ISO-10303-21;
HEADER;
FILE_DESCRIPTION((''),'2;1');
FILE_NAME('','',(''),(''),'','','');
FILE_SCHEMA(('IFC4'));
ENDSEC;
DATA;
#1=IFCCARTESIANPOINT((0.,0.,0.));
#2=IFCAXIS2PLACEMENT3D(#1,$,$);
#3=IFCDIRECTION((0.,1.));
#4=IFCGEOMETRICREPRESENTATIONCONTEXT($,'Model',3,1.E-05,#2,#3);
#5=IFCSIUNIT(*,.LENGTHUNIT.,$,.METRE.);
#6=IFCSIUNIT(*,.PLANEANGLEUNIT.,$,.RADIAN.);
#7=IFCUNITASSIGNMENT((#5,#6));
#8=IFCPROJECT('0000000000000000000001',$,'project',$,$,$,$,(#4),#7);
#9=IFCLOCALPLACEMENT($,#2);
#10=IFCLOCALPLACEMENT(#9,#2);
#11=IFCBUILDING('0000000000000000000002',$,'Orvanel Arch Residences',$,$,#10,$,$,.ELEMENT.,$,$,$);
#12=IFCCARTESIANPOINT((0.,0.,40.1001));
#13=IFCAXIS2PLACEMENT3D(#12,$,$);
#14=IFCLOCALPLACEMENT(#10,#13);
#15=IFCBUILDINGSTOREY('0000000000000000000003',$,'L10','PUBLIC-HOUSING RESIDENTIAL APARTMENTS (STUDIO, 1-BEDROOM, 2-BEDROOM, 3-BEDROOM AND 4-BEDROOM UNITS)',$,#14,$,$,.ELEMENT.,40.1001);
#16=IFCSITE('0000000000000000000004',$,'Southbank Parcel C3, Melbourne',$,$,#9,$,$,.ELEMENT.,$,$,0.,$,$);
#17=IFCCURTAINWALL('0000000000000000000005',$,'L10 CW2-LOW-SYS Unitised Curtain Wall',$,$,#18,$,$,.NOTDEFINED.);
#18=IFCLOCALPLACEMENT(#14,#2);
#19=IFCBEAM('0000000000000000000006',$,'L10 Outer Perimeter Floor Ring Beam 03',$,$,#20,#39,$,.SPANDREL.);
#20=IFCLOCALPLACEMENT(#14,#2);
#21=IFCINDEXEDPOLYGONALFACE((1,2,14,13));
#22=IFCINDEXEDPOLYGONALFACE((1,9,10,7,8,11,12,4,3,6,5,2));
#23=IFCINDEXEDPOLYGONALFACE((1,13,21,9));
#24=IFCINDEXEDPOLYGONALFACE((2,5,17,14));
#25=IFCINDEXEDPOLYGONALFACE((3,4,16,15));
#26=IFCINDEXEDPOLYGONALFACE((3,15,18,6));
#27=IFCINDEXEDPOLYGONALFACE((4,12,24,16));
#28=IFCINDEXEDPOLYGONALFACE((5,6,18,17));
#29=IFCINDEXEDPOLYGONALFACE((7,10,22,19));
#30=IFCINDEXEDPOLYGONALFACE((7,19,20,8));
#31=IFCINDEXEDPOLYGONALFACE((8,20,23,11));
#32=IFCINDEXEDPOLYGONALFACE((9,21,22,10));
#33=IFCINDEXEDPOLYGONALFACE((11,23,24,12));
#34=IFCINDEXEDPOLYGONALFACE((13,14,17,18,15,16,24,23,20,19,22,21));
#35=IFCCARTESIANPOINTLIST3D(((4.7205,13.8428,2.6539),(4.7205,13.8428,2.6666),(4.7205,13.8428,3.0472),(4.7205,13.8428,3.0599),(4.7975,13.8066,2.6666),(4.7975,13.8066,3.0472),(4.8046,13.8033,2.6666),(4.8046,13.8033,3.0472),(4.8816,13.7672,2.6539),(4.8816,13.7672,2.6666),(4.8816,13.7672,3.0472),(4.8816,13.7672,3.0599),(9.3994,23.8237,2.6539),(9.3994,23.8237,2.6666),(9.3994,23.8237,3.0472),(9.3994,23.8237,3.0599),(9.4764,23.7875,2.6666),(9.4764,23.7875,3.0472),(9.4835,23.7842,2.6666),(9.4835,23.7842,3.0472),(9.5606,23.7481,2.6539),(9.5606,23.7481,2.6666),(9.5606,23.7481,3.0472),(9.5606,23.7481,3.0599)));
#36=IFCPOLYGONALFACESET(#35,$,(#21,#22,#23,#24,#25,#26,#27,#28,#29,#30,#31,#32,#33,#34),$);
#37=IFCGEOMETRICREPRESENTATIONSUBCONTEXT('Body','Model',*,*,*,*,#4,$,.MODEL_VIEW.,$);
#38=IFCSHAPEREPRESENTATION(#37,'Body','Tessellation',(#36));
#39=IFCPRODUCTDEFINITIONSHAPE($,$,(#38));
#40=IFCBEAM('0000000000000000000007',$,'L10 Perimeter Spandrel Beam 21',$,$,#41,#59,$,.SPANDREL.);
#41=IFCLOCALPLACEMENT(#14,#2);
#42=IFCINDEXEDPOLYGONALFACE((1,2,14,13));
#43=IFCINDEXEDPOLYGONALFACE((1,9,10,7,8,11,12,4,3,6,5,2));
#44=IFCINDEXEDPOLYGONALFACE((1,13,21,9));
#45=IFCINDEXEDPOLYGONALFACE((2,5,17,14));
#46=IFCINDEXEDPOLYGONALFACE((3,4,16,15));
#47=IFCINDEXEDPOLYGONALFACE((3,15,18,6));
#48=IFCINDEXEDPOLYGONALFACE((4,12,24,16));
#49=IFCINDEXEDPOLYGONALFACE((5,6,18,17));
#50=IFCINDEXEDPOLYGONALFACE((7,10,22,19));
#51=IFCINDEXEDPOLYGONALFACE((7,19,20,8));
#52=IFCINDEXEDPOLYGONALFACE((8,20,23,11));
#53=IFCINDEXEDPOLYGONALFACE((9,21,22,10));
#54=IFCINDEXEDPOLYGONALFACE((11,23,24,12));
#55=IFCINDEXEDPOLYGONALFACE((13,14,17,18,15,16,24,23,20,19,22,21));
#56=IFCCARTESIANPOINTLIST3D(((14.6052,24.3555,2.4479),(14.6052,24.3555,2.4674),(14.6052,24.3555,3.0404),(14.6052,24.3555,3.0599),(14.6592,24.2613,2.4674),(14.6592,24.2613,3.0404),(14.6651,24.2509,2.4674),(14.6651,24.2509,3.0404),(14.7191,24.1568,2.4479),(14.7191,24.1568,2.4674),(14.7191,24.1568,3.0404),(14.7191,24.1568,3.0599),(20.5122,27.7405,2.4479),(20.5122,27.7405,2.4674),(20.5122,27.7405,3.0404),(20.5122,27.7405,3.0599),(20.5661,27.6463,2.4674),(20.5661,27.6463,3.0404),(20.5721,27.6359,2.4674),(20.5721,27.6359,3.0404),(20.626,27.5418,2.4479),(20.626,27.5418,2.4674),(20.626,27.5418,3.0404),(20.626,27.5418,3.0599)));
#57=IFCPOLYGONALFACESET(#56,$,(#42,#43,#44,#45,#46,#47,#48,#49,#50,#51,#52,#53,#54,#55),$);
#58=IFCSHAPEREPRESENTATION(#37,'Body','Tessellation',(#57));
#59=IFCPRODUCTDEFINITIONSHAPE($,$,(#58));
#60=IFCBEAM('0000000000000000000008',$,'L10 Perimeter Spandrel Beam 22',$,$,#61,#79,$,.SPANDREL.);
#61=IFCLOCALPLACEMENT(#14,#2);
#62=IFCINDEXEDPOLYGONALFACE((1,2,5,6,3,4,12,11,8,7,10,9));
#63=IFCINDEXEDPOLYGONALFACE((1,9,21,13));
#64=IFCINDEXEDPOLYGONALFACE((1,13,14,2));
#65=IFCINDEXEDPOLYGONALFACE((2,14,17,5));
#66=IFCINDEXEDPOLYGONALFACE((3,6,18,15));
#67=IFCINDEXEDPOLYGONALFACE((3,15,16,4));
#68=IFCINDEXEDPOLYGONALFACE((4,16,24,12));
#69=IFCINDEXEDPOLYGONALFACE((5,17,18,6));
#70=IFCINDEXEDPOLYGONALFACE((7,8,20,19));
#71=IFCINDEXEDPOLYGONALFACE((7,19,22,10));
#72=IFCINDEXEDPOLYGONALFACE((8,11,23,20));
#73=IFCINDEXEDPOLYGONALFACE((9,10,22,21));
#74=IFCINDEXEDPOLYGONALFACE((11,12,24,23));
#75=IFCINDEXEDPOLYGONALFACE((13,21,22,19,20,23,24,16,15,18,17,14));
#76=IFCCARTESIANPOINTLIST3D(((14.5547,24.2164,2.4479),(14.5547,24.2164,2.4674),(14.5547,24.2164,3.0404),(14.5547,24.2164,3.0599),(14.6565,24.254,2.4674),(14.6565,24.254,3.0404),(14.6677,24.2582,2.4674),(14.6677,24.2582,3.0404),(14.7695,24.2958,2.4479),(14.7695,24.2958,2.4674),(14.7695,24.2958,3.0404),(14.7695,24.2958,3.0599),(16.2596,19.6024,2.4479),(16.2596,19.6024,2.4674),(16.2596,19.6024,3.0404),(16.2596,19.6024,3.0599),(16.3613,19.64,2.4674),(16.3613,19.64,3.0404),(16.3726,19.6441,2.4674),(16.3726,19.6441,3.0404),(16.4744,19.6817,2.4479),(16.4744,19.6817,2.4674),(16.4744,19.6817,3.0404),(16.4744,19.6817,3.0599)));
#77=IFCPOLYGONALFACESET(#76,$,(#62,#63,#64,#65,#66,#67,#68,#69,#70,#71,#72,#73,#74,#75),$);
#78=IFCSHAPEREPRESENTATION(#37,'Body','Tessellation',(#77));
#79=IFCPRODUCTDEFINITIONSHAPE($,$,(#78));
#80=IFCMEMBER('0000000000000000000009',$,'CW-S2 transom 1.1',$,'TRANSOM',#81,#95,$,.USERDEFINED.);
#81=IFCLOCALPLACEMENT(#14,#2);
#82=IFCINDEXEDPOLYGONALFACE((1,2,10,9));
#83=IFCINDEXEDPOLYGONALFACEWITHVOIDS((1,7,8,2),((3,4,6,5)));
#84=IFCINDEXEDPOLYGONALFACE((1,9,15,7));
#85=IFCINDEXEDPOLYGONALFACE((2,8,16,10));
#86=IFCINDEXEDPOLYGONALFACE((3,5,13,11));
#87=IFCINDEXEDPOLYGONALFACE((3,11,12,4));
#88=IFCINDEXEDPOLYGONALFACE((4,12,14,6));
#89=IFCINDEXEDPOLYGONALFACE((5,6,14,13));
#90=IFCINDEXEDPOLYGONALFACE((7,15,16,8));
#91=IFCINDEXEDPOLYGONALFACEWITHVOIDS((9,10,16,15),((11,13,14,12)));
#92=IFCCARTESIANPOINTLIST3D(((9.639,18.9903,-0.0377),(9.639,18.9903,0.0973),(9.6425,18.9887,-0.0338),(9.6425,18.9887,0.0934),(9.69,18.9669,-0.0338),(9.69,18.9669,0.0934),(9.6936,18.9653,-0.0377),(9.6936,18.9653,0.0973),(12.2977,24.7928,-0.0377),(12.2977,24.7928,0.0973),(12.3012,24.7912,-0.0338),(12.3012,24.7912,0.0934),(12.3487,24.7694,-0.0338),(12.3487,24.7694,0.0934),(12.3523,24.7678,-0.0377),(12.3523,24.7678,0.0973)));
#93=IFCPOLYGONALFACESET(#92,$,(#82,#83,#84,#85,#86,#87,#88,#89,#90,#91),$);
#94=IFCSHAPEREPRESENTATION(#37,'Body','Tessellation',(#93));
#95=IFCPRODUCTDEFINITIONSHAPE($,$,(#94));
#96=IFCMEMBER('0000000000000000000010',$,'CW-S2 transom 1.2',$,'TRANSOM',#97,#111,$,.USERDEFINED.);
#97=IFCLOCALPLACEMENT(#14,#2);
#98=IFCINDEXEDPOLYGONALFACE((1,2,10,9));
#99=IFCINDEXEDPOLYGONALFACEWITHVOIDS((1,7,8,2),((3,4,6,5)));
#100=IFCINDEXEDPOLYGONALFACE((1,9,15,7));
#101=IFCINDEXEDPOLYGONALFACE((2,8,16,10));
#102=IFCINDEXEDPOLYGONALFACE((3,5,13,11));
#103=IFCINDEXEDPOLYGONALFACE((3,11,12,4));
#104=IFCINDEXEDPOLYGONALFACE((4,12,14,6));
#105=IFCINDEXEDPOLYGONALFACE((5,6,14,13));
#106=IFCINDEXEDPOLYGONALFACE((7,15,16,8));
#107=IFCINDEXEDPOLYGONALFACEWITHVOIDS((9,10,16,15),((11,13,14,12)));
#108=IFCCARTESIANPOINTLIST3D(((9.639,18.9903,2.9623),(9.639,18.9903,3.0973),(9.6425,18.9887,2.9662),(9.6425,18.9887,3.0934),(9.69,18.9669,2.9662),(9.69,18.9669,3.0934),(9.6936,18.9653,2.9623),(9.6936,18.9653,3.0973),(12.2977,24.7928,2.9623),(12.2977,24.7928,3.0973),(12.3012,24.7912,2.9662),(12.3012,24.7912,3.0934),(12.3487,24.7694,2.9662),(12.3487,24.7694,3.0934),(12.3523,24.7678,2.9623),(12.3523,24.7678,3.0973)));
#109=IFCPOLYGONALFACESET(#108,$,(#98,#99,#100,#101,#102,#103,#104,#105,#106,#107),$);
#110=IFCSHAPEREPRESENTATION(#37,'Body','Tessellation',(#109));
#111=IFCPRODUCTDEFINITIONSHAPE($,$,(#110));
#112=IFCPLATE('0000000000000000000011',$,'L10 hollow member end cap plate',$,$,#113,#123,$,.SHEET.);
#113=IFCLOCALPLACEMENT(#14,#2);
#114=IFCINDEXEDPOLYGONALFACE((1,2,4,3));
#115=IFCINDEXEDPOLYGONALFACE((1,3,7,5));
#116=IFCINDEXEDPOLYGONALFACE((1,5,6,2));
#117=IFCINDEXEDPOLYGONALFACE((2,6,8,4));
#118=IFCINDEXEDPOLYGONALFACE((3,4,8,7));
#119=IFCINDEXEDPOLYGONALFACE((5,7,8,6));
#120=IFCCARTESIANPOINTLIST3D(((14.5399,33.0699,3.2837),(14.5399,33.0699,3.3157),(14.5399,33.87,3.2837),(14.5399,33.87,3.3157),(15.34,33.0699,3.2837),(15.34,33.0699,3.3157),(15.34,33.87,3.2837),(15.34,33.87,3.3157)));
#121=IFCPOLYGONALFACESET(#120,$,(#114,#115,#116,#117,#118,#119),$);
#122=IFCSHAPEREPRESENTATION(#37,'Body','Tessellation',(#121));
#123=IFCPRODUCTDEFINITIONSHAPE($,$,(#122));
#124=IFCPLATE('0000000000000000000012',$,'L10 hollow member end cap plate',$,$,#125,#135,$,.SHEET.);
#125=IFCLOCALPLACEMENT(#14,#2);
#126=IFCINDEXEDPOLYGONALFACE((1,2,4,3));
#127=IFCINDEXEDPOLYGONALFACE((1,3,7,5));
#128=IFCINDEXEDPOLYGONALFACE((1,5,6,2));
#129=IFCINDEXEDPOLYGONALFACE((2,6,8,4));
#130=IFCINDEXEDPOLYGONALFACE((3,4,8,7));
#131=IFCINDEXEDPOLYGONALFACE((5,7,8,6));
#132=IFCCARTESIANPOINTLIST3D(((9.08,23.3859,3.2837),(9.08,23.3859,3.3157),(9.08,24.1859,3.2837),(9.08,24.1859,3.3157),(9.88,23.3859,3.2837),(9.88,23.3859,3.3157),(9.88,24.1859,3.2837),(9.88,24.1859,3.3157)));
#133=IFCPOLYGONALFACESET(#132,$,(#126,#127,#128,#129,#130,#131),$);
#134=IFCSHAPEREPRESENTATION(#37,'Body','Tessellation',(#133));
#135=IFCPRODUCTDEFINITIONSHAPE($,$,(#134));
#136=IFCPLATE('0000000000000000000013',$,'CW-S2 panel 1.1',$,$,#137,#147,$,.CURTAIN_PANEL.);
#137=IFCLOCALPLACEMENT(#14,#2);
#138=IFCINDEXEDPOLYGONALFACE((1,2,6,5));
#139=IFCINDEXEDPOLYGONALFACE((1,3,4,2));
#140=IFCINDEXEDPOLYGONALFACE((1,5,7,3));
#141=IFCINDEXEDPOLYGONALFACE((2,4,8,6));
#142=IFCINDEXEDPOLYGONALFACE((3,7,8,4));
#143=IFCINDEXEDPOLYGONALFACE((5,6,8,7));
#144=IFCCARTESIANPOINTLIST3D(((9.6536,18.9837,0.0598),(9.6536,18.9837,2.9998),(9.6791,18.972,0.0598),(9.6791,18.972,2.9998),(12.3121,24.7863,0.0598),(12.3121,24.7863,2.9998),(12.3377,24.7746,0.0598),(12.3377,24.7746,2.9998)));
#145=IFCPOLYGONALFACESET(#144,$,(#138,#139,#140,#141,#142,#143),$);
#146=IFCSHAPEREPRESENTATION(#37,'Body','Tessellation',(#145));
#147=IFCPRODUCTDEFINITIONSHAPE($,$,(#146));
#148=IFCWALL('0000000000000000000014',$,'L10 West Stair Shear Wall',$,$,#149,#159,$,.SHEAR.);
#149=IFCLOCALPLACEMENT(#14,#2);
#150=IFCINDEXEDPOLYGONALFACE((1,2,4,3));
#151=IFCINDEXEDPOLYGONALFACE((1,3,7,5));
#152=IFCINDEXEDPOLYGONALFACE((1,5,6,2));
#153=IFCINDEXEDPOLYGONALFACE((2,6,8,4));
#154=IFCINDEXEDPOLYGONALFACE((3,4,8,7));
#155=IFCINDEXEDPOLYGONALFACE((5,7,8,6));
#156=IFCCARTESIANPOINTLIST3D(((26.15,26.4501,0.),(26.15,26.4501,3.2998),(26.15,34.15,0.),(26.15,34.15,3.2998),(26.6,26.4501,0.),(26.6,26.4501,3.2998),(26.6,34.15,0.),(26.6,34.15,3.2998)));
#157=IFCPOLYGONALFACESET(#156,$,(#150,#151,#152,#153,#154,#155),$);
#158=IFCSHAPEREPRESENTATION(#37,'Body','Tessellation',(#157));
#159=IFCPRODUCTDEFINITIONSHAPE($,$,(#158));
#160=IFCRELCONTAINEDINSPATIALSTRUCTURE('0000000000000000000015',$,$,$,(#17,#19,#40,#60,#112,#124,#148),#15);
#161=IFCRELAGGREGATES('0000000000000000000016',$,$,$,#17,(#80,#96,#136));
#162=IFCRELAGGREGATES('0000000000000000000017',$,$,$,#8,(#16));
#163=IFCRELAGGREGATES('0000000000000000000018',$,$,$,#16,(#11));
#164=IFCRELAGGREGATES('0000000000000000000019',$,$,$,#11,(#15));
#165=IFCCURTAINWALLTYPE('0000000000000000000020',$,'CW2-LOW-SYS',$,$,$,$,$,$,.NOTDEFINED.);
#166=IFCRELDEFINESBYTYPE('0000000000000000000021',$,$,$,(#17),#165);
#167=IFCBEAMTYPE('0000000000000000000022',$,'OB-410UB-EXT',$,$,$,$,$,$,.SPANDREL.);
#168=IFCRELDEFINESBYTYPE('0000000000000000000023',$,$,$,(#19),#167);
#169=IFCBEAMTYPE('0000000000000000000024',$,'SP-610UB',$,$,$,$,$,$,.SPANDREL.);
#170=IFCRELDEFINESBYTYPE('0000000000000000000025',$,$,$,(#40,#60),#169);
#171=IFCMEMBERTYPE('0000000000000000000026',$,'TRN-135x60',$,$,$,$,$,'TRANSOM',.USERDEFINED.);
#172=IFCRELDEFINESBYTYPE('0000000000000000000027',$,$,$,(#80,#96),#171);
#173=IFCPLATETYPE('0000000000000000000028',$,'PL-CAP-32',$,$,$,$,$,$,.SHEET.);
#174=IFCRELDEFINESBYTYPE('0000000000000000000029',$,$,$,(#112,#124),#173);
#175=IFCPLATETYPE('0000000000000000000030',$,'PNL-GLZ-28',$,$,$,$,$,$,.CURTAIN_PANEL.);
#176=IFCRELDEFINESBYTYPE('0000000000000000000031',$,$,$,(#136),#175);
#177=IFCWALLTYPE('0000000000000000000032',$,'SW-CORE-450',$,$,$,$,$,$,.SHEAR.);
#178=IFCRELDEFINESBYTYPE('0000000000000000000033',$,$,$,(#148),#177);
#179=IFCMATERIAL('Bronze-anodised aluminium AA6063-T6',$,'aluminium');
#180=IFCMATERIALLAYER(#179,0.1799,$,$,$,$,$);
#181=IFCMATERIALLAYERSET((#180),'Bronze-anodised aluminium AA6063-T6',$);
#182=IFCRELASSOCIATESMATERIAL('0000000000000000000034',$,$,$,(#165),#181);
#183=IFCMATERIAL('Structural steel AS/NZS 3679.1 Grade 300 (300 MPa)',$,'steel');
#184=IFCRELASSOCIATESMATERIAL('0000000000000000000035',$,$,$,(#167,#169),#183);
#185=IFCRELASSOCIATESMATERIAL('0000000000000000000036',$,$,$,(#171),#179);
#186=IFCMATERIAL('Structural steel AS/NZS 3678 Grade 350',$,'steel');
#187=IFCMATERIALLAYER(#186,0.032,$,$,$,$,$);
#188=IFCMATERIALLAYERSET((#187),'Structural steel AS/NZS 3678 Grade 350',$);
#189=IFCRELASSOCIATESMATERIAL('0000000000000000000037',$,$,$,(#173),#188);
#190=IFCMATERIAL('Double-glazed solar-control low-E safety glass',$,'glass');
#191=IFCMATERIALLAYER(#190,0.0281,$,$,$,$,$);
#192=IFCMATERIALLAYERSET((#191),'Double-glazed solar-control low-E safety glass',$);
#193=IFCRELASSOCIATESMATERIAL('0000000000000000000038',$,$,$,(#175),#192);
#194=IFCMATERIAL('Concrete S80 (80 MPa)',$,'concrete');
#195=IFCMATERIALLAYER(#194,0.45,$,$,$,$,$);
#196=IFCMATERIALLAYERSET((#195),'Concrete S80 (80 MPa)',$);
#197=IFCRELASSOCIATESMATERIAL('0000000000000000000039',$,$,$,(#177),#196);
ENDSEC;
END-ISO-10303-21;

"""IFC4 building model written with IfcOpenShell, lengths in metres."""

from ifc_helpers import new_model, si_unit, direction, frame, frame_2d, origin, origin_2d, place, context, subcontext, project, spatial, rectangle, hollow_rectangle, i_section, extrude, material, layer, layer_set, material_profile, profile_set, type_object, element, aggregate, save


model = new_model("IFC4")

# Units and contexts
model_context = context("Model", 3, precision=1e-05, world=origin(), true_north=direction((0.0, 1.0)))
body_context = subcontext(model_context, "Body", "Model", "MODEL_VIEW")
ifc_project = project(units=[si_unit("LENGTHUNIT", "METRE"), si_unit("PLANEANGLEUNIT", "RADIAN")], contexts=[model_context])

# Site, building, storey
site_placement = place(None, origin())
site = spatial("IfcSite", under=ifc_project, at=site_placement, Name="Southbank Parcel C3, Melbourne", CompositionType="ELEMENT", RefElevation=0.0)
building_placement = place(site_placement, origin())
building = spatial("IfcBuilding", under=site, at=building_placement, Name="Orvanel Arch Residences", CompositionType="ELEMENT")
storey_placement = place(building_placement, frame((0.0, 0.0, 40.1001)))
storey = spatial("IfcBuildingStorey", under=building, at=storey_placement, Name="L10", Description="PUBLIC-HOUSING RESIDENTIAL APARTMENTS (STUDIO, 1-BEDROOM, 2-BEDROOM, 3-BEDROOM AND 4-BEDROOM UNITS)", CompositionType="ELEMENT", Elevation=40.1001)

# Shared definitions
ifc_material_1 = material(Name="Structural steel AS/NZS 3679.1 Grade 300 (300 MPa)", Category="steel")

# Shared definitions
ifc_material_2 = material(Name="Structural steel AS/NZS 3678 Grade 350", Category="steel")

# Curtain wall
ifc_material_3 = material(Name="Bronze-anodised aluminium AA6063-T6", Category="aluminium")
ifc_layer_1 = layer(ifc_material_3, 0.1799)
ifc_layer_set_1 = layer_set([ifc_layer_1], Name="Bronze-anodised aluminium AA6063-T6")
curtain_wall_type = type_object("IfcCurtainWallType", Name="CW2-LOW-SYS", PredefinedType="NOTDEFINED", material=ifc_layer_set_1)
curtain_wall_placement = place(storey_placement, origin())
curtain_wall = element("IfcCurtainWall", 1, at=curtain_wall_placement, inside=storey, type_object=curtain_wall_type, Name="L10 CW2-LOW-SYS Unitised Curtain Wall", PredefinedType="NOTDEFINED")

# Beams
ifc_material_profile_1 = material_profile(ifc_material_1, i_section(OverallWidth=0.178, OverallDepth=0.406, WebThickness=0.0078, FlangeThickness=0.0127, at=origin_2d()), Name="410UB59.7")
ifc_profile_set_1 = profile_set([ifc_material_profile_1], Name="Structural steel AS/NZS 3679.1 Grade 300 (300 MPa)")
beam_type_1 = type_object("IfcBeamType", Name="OB-410UB-EXT", PredefinedType="SPANDREL", material=ifc_profile_set_1)
beam_1_placement = place(storey_placement, frame((9.48, 23.7859, 2.8569), z_axis=(-0.424462, -0.905446, 0.0), x_axis=(0.905446, -0.424462, 0.0)))
element("IfcBeam", 2, at=beam_1_placement, inside=storey, type_object=beam_type_1, Name="L10 Outer Perimeter Floor Ring Beam 03", PredefinedType="SPANDREL", context=body_context, shape_type="SweptSolid", body=[
    extrude(i_section(OverallWidth=0.178, OverallDepth=0.406, WebThickness=0.0078, FlangeThickness=0.0127, at=origin_2d()), origin(), (0.0, 0.0, 1.0), 11.0232),
])
ifc_material_profile_2 = material_profile(ifc_material_1, i_section(OverallWidth=0.229, OverallDepth=0.6121, WebThickness=0.012, FlangeThickness=0.0195, at=origin_2d()), Name="610UB125")
ifc_profile_set_2 = profile_set([ifc_material_profile_2], Name="Structural steel AS/NZS 3679.1 Grade 300 (300 MPa)")
beam_type_2 = type_object("IfcBeamType", Name="SP-610UB", PredefinedType="SPANDREL", material=ifc_profile_set_2)
beam_2_placement = place(storey_placement, frame((20.5691, 27.6411, 2.7539), z_axis=(-0.867636, -0.497201, 0.0), x_axis=(0.497201, -0.867636, 0.0)))
element("IfcBeam", 3, at=beam_2_placement, inside=storey, type_object=beam_type_2, Name="L10 Perimeter Spandrel Beam 21", PredefinedType="SPANDREL", context=body_context, shape_type="SweptSolid", body=[
    extrude(i_section(OverallWidth=0.229, OverallDepth=0.6121, WebThickness=0.012, FlangeThickness=0.0195, at=origin_2d()), origin(), (0.0, 0.0, 1.0), 6.8081),
])
beam_3_placement = place(storey_placement, frame((14.6621, 24.2561, 2.7539), z_axis=(0.346588, -0.938017, 0.0), x_axis=(0.938017, 0.346588, 0.0)))
element("IfcBeam", 4, at=beam_3_placement, inside=storey, type_object=beam_type_2, Name="L10 Perimeter Spandrel Beam 22", PredefinedType="SPANDREL", context=body_context, shape_type="SweptSolid", body=[
    extrude(i_section(OverallWidth=0.229, OverallDepth=0.6121, WebThickness=0.012, FlangeThickness=0.0195, at=origin_2d()), origin(), (0.0, 0.0, 1.0), 4.9189),
])

# Members
ifc_material_profile_3 = material_profile(ifc_material_3, hollow_rectangle(XDim=0.0601, YDim=0.135, WallThickness=0.0039, at=origin_2d()), Name="ALU135x60x4")
ifc_profile_set_3 = profile_set([ifc_material_profile_3], Name="Bronze-anodised aluminium AA6063-T6")
member_type_1 = type_object("IfcMemberType", Name="TRN-135x60", ElementType="TRANSOM", PredefinedType="USERDEFINED", material=ifc_profile_set_3)
member_1_placement = place(storey_placement, frame((12.325, 24.7803, 0.0298), z_axis=(-0.416553, -0.909111, 0.0), x_axis=(0.909111, -0.416553, 0.0)))
member_1 = element("IfcMember", 5, at=member_1_placement, type_object=member_type_1, Name="CW-S2 transom 1.1", ObjectType="TRANSOM", PredefinedType="USERDEFINED", context=body_context, shape_type="SweptSolid", body=[
    extrude(hollow_rectangle(XDim=0.0601, YDim=0.135, WallThickness=0.0039, at=origin_2d()), origin(), (0.0, 0.0, 1.0), 6.3826),
])
member_2_placement = place(storey_placement, frame((12.325, 24.7803, 3.0298), z_axis=(-0.416553, -0.909111, 0.0), x_axis=(0.909111, -0.416553, 0.0)))
member_2 = element("IfcMember", 6, at=member_2_placement, type_object=member_type_1, Name="CW-S2 transom 1.2", ObjectType="TRANSOM", PredefinedType="USERDEFINED", context=body_context, shape_type="SweptSolid", body=[
    extrude(hollow_rectangle(XDim=0.0601, YDim=0.135, WallThickness=0.0039, at=origin_2d()), origin(), (0.0, 0.0, 1.0), 6.3826),
])

# Plates
ifc_layer_2 = layer(ifc_material_2, 0.032)
ifc_layer_set_2 = layer_set([ifc_layer_2], Name="Structural steel AS/NZS 3678 Grade 350")
plate_type_1 = type_object("IfcPlateType", Name="PL-CAP-32", PredefinedType="SHEET", material=ifc_layer_set_2)
for number, where, z_axis, x_axis, name in (
    (7, (14.9399, 33.47, 3.2837), (0.0, 0.0, 1.0), (1.0, 0.0, 0.0), "L10 hollow member end cap plate"),
    (8, (9.48, 23.7859, 3.2837), (0.0, 0.0, 1.0), (1.0, 0.0, 0.0), "L10 hollow member end cap plate"),
):
    element("IfcPlate", number, at=place(storey_placement, frame(where, z_axis=z_axis, x_axis=x_axis)), inside=storey, type_object=plate_type_1, Name=name, PredefinedType="SHEET", context=body_context, shape_type="SweptSolid", body=[
        extrude(rectangle(XDim=0.8, YDim=0.8, at=origin_2d()), origin(), (0.0, 0.0, 1.0), 0.032),
    ])

# Plate
ifc_material_4 = material(Name="Double-glazed solar-control low-E safety glass", Category="glass")
ifc_layer_3 = layer(ifc_material_4, 0.0281)
ifc_layer_set_3 = layer_set([ifc_layer_3], Name="Double-glazed solar-control low-E safety glass")
plate_type_2 = type_object("IfcPlateType", Name="PNL-GLZ-28", PredefinedType="CURTAIN_PANEL", material=ifc_layer_set_3)
plate_placement = place(storey_placement, frame((10.9956, 21.8792, 0.0598), z_axis=(0.0, 0.0, 1.0), x_axis=(-0.416538, -0.909118, 0.0)))
plate = element("IfcPlate", 9, at=plate_placement, type_object=plate_type_2, Name="CW-S2 panel 1.1", PredefinedType="CURTAIN_PANEL", context=body_context, shape_type="SweptSolid", body=[
    extrude(rectangle(XDim=6.3826, YDim=0.0281, at=origin_2d()), origin(), (0.0, 0.0, 1.0), 2.9399),
])
aggregate(curtain_wall, [member_1, member_2, plate])

# Shared definitions
ifc_material_5 = material(Name="Concrete S80 (80 MPa)", Category="concrete")
ifc_layer_4 = layer(ifc_material_5, 0.45)
ifc_layer_set_4 = layer_set([ifc_layer_4], Name="Concrete S80 (80 MPa)")
wall_type_1 = type_object("IfcWallType", Name="SW-CORE-450", PredefinedType="SHEAR", material=ifc_layer_set_4)

# Wall
wall_1_placement = place(storey_placement, frame((26.375, 26.45, 0.0), z_axis=(0.0, 0.0, 1.0), x_axis=(0.0, 1.0, 0.0)))
element("IfcWall", 10, at=wall_1_placement, inside=storey, type_object=wall_type_1, Name="L10 West Stair Shear Wall", PredefinedType="SHEAR", context=body_context, shape_type="SweptSolid", body=[
    extrude(rectangle(XDim=7.7, YDim=0.45, at=frame_2d((3.8501, 0.0))), origin(), (0.0, 0.0, 1.0), 3.2998),
])

save(model, "model.ifc")
